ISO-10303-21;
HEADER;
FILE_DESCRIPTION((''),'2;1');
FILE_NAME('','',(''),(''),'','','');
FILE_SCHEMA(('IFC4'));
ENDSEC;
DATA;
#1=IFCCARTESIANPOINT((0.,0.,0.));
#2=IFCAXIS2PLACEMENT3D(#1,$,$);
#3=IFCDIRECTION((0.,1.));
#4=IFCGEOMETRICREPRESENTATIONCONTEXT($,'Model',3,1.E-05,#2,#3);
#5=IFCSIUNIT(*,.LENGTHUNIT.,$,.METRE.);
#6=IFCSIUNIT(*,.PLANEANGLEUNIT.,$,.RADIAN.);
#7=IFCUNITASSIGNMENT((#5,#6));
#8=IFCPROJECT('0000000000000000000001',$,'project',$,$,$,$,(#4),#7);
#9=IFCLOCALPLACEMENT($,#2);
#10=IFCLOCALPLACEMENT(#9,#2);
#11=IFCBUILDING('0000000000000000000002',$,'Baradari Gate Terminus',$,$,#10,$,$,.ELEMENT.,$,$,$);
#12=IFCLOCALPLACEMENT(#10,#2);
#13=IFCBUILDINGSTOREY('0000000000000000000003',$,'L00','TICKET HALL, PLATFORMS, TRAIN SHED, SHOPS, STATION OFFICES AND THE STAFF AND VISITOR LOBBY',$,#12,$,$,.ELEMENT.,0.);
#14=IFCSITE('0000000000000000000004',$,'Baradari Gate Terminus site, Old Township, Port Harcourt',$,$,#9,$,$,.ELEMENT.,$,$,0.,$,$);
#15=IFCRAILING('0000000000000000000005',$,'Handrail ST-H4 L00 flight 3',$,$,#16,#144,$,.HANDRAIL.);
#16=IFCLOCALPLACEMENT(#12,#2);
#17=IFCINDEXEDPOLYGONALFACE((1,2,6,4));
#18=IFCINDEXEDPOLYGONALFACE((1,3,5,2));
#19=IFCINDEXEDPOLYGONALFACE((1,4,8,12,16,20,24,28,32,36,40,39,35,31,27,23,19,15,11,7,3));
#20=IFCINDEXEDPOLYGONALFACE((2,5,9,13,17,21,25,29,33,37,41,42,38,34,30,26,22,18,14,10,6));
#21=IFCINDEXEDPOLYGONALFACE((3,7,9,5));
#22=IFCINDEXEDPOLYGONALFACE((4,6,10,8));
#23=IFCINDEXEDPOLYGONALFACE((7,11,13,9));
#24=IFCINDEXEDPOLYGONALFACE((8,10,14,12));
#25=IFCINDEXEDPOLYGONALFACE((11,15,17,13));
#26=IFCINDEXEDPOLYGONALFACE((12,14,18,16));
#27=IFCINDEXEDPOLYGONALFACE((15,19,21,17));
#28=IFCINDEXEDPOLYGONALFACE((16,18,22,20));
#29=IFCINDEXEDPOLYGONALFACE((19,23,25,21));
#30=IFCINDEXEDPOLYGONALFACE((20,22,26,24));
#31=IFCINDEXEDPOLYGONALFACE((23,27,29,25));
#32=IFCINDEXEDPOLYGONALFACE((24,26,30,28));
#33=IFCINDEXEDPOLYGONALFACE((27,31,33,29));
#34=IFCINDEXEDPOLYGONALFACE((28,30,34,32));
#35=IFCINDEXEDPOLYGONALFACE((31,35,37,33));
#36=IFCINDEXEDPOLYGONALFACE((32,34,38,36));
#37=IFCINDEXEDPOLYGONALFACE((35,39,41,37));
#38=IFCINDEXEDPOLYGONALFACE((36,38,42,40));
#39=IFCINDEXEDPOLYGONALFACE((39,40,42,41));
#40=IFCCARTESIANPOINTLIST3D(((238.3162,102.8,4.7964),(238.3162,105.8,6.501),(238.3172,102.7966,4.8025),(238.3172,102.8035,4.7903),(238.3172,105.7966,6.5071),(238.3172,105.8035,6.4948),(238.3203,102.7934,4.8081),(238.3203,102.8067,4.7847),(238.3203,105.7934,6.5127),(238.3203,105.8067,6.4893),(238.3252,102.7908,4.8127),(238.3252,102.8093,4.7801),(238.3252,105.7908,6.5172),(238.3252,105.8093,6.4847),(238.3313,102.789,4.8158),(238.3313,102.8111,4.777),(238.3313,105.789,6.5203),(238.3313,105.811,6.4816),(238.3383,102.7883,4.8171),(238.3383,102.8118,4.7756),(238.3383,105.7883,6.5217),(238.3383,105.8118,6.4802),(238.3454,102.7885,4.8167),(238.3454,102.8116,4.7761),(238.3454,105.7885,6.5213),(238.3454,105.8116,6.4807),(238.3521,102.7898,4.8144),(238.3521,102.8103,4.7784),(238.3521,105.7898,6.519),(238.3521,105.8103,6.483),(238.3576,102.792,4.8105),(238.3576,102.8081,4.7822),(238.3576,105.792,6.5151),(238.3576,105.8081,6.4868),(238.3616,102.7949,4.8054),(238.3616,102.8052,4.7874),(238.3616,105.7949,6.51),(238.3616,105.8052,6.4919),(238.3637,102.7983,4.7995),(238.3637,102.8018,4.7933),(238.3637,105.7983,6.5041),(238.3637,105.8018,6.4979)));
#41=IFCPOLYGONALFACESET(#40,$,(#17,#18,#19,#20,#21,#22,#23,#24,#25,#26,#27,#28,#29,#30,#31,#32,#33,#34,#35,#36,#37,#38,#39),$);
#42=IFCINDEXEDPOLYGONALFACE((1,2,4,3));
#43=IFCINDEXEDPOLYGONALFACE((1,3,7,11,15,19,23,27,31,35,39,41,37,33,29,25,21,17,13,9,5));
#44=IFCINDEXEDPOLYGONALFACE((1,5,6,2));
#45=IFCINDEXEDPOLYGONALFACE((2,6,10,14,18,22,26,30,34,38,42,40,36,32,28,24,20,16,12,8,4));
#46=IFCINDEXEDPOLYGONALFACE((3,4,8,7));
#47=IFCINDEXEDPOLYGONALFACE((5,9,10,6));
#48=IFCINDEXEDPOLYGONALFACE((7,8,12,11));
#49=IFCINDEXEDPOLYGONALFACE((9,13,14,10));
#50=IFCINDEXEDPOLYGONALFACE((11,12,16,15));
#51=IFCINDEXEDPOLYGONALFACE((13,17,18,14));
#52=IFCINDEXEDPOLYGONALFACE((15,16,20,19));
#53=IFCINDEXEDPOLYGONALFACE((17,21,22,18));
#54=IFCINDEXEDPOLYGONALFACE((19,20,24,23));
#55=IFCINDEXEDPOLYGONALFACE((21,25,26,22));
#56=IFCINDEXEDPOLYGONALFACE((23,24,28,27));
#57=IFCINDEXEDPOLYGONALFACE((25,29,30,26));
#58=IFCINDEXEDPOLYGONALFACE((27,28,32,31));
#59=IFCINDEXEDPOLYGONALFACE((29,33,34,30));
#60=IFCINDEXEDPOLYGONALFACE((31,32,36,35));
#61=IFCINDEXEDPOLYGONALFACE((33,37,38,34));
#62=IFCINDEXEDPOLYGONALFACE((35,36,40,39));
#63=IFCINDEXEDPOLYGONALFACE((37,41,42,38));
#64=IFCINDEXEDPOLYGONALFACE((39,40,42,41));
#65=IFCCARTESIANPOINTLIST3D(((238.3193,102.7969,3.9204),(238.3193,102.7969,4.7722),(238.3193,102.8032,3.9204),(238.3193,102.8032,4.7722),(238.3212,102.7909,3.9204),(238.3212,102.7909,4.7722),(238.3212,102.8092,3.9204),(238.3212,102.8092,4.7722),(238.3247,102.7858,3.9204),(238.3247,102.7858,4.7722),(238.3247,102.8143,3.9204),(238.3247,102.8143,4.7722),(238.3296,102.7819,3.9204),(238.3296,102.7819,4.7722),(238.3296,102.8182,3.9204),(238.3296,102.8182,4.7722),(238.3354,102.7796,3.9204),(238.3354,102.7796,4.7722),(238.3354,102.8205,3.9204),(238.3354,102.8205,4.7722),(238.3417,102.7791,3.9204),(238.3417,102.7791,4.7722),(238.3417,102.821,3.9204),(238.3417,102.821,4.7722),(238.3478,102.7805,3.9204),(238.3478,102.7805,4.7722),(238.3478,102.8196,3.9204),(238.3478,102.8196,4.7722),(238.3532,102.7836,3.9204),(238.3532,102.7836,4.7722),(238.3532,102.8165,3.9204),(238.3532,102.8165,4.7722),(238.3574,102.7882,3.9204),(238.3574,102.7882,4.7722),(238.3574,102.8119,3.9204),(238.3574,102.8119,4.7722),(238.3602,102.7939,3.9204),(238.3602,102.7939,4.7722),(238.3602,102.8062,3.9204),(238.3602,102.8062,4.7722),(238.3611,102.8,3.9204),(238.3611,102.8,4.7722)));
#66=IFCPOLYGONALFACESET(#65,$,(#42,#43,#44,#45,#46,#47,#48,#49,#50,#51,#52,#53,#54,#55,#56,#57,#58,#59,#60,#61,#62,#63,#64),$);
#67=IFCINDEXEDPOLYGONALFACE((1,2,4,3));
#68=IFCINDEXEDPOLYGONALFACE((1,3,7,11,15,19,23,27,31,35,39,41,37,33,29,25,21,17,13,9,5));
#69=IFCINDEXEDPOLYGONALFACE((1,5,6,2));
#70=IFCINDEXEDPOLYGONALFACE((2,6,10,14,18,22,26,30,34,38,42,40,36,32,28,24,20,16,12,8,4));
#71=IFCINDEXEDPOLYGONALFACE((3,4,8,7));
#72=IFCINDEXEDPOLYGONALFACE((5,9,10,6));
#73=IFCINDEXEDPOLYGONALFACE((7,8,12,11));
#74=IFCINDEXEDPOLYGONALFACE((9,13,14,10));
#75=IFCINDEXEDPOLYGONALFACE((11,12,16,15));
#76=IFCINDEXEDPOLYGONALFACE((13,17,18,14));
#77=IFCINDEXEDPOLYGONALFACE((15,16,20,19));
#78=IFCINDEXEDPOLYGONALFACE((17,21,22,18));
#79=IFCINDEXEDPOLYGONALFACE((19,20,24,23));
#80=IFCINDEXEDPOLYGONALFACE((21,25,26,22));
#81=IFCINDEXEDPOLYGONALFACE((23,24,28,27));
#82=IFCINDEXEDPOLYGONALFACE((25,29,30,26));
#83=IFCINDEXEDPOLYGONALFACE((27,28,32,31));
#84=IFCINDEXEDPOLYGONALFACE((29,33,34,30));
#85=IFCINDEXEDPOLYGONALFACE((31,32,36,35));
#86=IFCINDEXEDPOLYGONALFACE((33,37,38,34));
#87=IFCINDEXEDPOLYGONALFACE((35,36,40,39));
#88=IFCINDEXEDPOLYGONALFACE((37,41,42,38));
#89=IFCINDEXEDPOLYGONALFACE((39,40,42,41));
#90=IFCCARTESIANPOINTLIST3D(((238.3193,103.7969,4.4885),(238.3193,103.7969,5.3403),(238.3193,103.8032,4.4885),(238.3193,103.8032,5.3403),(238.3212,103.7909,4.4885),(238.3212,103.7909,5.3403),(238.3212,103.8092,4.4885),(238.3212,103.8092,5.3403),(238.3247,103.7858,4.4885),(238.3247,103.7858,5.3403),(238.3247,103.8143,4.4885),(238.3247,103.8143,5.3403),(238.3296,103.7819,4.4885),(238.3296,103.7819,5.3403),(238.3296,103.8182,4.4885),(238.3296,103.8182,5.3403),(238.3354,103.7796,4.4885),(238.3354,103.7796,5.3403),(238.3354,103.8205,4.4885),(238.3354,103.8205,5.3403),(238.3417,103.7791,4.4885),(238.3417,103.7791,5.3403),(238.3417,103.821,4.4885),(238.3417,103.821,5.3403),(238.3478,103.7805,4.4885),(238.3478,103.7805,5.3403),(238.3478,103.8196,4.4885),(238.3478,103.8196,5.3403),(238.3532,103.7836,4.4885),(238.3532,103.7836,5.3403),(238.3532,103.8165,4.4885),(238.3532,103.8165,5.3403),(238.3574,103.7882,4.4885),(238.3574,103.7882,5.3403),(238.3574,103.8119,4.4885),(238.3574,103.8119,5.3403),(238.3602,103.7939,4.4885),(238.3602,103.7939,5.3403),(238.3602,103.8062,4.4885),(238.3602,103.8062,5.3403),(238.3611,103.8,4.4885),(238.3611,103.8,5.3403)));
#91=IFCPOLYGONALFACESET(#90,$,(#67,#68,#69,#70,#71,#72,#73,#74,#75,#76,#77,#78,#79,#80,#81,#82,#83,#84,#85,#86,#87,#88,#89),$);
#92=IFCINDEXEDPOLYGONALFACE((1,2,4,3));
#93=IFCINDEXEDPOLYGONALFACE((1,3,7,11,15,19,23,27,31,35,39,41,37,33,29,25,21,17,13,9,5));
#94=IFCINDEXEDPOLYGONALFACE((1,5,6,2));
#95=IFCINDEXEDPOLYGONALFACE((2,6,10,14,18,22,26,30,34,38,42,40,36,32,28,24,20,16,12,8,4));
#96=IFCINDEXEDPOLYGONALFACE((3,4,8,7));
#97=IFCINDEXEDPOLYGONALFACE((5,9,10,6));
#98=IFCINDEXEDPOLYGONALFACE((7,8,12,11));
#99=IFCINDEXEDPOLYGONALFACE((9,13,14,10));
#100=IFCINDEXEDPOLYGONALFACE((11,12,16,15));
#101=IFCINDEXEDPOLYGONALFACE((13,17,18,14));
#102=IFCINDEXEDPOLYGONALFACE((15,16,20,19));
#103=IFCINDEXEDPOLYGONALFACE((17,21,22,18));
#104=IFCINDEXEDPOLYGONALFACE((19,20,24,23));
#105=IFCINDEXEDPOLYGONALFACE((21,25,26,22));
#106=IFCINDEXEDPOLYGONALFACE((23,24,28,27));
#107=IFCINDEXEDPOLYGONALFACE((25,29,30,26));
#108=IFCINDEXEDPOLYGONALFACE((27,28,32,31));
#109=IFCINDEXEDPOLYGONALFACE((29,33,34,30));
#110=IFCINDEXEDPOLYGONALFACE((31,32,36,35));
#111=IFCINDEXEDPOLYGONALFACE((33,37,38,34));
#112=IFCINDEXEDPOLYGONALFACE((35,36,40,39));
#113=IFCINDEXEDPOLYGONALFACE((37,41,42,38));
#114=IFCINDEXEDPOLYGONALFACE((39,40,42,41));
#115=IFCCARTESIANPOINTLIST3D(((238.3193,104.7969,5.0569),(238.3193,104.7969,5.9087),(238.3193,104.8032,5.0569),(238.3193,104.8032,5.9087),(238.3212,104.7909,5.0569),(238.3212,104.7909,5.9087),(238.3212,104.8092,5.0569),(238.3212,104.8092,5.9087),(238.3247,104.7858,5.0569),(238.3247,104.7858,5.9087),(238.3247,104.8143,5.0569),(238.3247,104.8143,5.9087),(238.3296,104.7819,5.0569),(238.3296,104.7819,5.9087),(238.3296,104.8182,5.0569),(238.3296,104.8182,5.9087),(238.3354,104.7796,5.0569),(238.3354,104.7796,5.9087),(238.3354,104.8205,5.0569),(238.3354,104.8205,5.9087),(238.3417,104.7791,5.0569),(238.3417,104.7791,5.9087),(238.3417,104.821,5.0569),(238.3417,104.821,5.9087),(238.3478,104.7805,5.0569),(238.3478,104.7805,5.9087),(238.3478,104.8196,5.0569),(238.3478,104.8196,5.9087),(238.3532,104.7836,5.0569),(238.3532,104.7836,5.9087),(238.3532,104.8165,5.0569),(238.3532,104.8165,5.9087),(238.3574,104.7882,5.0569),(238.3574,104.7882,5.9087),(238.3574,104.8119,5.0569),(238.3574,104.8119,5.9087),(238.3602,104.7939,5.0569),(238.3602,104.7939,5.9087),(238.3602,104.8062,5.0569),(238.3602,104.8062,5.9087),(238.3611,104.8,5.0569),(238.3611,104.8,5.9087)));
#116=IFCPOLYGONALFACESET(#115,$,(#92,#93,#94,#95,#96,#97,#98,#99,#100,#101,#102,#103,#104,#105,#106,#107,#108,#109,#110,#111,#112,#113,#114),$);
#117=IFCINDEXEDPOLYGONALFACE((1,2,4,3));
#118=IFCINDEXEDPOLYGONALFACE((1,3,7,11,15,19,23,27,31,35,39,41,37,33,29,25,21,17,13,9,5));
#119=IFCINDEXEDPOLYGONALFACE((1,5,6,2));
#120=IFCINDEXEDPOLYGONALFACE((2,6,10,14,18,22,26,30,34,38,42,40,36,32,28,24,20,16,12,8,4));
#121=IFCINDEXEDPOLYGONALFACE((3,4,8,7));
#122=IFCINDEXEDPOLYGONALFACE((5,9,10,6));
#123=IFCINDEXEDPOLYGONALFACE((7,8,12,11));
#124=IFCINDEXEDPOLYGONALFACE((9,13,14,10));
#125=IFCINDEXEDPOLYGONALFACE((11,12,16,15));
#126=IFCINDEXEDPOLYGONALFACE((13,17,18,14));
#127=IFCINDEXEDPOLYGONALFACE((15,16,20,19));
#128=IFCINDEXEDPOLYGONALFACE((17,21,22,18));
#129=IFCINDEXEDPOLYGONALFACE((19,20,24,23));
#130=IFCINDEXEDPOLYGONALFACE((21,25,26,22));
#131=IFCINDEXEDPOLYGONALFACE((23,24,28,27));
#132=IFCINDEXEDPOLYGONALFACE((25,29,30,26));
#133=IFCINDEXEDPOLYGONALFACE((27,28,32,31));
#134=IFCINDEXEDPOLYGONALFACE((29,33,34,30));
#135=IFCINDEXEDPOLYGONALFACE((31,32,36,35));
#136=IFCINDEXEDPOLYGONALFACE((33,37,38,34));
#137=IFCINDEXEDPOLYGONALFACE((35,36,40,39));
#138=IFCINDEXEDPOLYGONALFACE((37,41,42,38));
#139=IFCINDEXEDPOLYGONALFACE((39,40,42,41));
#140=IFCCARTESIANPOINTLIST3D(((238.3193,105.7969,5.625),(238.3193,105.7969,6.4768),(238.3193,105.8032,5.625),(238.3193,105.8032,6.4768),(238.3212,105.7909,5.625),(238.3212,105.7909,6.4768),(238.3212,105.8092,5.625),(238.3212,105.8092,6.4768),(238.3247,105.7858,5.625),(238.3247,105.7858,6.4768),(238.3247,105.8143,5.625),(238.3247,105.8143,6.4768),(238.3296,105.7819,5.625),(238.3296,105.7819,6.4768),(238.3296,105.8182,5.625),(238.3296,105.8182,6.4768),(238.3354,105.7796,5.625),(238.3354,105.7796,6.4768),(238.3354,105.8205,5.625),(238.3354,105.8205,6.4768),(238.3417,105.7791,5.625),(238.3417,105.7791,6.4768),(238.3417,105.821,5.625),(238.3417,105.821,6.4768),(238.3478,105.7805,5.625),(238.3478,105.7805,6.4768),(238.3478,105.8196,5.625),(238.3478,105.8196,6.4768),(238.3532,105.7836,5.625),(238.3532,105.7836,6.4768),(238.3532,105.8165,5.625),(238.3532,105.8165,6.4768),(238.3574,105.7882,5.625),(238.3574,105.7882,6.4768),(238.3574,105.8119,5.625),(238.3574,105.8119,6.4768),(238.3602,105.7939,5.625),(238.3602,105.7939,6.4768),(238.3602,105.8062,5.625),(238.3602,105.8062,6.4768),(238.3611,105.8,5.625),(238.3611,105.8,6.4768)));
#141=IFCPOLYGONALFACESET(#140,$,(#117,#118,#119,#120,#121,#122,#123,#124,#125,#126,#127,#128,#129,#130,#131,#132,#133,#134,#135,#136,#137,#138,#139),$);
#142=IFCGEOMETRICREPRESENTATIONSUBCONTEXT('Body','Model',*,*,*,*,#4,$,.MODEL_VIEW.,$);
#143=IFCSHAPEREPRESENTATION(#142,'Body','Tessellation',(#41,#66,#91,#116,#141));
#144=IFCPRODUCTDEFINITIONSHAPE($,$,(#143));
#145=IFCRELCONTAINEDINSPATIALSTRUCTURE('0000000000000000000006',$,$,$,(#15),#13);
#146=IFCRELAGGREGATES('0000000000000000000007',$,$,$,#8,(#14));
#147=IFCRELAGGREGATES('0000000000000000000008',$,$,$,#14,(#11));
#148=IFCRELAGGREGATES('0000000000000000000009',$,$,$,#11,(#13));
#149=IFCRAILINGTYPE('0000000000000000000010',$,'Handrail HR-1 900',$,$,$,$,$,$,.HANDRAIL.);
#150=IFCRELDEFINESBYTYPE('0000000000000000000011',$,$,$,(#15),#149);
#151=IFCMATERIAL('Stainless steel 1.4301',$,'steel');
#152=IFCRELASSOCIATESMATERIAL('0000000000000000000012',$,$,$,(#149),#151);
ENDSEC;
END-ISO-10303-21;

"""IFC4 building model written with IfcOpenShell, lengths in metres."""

from ifc_helpers import new_model, si_unit, direction, frame, origin, origin_2d, place, context, subcontext, project, spatial, circle, extrude, material, type_object, element, save


model = new_model("IFC4")

# Units and contexts
model_context = context("Model", 3, precision=1e-05, world=origin(), true_north=direction((0.0, 1.0)))
body_context = subcontext(model_context, "Body", "Model", "MODEL_VIEW")
ifc_project = project(units=[si_unit("LENGTHUNIT", "METRE"), si_unit("PLANEANGLEUNIT", "RADIAN")], contexts=[model_context])

# Site, building, storey
site_placement = place(None, origin())
site = spatial("IfcSite", under=ifc_project, at=site_placement, Name="Baradari Gate Terminus site, Old Township, Port Harcourt", CompositionType="ELEMENT", RefElevation=0.0)
building_placement = place(site_placement, origin())
building = spatial("IfcBuilding", under=site, at=building_placement, Name="Baradari Gate Terminus", CompositionType="ELEMENT")
storey_placement = place(building_placement, origin())
storey = spatial("IfcBuildingStorey", under=building, at=storey_placement, Name="L00", Description="TICKET HALL, PLATFORMS, TRAIN SHED, SHOPS, STATION OFFICES AND THE STAFF AND VISITOR LOBBY", CompositionType="ELEMENT", Elevation=0.0)

# Railing
ifc_material_1 = material(Name="Stainless steel 1.4301", Category="steel")
railing_type_1 = type_object("IfcRailingType", Name="Handrail HR-1 900", PredefinedType="HANDRAIL", material=ifc_material_1)
railing_1_placement = place(storey_placement, frame((238.3401, 102.8, 3.9204)))
element("IfcRailing", 1, at=railing_1_placement, inside=storey, type_object=railing_type_1, Name="Handrail ST-H4 L00 flight 3", PredefinedType="HANDRAIL", context=body_context, shape_type="SweptSolid", body=[
    extrude(circle(Radius=0.0239, at=origin_2d()), frame((0.0, 0.0, 0.876), z_axis=(0.0, 0.869451, 0.494019), x_axis=(-1.0, 0.0, 0.0)), (0.0, 0.0, 1.0), 3.4504),
    extrude(circle(Radius=0.021, at=origin_2d()), origin(), (0.0, 0.0, 1.0), 0.8518),
    extrude(circle(Radius=0.021, at=origin_2d()), frame((0.0, 1.0, 0.5681)), (0.0, 0.0, 1.0), 0.8518),
    extrude(circle(Radius=0.021, at=origin_2d()), frame((0.0, 2.0, 1.1365)), (0.0, 0.0, 1.0), 0.8518),
    extrude(circle(Radius=0.021, at=origin_2d()), frame((0.0, 3.0, 1.7046)), (0.0, 0.0, 1.0), 0.8518),
])

save(model, "model.ifc")
